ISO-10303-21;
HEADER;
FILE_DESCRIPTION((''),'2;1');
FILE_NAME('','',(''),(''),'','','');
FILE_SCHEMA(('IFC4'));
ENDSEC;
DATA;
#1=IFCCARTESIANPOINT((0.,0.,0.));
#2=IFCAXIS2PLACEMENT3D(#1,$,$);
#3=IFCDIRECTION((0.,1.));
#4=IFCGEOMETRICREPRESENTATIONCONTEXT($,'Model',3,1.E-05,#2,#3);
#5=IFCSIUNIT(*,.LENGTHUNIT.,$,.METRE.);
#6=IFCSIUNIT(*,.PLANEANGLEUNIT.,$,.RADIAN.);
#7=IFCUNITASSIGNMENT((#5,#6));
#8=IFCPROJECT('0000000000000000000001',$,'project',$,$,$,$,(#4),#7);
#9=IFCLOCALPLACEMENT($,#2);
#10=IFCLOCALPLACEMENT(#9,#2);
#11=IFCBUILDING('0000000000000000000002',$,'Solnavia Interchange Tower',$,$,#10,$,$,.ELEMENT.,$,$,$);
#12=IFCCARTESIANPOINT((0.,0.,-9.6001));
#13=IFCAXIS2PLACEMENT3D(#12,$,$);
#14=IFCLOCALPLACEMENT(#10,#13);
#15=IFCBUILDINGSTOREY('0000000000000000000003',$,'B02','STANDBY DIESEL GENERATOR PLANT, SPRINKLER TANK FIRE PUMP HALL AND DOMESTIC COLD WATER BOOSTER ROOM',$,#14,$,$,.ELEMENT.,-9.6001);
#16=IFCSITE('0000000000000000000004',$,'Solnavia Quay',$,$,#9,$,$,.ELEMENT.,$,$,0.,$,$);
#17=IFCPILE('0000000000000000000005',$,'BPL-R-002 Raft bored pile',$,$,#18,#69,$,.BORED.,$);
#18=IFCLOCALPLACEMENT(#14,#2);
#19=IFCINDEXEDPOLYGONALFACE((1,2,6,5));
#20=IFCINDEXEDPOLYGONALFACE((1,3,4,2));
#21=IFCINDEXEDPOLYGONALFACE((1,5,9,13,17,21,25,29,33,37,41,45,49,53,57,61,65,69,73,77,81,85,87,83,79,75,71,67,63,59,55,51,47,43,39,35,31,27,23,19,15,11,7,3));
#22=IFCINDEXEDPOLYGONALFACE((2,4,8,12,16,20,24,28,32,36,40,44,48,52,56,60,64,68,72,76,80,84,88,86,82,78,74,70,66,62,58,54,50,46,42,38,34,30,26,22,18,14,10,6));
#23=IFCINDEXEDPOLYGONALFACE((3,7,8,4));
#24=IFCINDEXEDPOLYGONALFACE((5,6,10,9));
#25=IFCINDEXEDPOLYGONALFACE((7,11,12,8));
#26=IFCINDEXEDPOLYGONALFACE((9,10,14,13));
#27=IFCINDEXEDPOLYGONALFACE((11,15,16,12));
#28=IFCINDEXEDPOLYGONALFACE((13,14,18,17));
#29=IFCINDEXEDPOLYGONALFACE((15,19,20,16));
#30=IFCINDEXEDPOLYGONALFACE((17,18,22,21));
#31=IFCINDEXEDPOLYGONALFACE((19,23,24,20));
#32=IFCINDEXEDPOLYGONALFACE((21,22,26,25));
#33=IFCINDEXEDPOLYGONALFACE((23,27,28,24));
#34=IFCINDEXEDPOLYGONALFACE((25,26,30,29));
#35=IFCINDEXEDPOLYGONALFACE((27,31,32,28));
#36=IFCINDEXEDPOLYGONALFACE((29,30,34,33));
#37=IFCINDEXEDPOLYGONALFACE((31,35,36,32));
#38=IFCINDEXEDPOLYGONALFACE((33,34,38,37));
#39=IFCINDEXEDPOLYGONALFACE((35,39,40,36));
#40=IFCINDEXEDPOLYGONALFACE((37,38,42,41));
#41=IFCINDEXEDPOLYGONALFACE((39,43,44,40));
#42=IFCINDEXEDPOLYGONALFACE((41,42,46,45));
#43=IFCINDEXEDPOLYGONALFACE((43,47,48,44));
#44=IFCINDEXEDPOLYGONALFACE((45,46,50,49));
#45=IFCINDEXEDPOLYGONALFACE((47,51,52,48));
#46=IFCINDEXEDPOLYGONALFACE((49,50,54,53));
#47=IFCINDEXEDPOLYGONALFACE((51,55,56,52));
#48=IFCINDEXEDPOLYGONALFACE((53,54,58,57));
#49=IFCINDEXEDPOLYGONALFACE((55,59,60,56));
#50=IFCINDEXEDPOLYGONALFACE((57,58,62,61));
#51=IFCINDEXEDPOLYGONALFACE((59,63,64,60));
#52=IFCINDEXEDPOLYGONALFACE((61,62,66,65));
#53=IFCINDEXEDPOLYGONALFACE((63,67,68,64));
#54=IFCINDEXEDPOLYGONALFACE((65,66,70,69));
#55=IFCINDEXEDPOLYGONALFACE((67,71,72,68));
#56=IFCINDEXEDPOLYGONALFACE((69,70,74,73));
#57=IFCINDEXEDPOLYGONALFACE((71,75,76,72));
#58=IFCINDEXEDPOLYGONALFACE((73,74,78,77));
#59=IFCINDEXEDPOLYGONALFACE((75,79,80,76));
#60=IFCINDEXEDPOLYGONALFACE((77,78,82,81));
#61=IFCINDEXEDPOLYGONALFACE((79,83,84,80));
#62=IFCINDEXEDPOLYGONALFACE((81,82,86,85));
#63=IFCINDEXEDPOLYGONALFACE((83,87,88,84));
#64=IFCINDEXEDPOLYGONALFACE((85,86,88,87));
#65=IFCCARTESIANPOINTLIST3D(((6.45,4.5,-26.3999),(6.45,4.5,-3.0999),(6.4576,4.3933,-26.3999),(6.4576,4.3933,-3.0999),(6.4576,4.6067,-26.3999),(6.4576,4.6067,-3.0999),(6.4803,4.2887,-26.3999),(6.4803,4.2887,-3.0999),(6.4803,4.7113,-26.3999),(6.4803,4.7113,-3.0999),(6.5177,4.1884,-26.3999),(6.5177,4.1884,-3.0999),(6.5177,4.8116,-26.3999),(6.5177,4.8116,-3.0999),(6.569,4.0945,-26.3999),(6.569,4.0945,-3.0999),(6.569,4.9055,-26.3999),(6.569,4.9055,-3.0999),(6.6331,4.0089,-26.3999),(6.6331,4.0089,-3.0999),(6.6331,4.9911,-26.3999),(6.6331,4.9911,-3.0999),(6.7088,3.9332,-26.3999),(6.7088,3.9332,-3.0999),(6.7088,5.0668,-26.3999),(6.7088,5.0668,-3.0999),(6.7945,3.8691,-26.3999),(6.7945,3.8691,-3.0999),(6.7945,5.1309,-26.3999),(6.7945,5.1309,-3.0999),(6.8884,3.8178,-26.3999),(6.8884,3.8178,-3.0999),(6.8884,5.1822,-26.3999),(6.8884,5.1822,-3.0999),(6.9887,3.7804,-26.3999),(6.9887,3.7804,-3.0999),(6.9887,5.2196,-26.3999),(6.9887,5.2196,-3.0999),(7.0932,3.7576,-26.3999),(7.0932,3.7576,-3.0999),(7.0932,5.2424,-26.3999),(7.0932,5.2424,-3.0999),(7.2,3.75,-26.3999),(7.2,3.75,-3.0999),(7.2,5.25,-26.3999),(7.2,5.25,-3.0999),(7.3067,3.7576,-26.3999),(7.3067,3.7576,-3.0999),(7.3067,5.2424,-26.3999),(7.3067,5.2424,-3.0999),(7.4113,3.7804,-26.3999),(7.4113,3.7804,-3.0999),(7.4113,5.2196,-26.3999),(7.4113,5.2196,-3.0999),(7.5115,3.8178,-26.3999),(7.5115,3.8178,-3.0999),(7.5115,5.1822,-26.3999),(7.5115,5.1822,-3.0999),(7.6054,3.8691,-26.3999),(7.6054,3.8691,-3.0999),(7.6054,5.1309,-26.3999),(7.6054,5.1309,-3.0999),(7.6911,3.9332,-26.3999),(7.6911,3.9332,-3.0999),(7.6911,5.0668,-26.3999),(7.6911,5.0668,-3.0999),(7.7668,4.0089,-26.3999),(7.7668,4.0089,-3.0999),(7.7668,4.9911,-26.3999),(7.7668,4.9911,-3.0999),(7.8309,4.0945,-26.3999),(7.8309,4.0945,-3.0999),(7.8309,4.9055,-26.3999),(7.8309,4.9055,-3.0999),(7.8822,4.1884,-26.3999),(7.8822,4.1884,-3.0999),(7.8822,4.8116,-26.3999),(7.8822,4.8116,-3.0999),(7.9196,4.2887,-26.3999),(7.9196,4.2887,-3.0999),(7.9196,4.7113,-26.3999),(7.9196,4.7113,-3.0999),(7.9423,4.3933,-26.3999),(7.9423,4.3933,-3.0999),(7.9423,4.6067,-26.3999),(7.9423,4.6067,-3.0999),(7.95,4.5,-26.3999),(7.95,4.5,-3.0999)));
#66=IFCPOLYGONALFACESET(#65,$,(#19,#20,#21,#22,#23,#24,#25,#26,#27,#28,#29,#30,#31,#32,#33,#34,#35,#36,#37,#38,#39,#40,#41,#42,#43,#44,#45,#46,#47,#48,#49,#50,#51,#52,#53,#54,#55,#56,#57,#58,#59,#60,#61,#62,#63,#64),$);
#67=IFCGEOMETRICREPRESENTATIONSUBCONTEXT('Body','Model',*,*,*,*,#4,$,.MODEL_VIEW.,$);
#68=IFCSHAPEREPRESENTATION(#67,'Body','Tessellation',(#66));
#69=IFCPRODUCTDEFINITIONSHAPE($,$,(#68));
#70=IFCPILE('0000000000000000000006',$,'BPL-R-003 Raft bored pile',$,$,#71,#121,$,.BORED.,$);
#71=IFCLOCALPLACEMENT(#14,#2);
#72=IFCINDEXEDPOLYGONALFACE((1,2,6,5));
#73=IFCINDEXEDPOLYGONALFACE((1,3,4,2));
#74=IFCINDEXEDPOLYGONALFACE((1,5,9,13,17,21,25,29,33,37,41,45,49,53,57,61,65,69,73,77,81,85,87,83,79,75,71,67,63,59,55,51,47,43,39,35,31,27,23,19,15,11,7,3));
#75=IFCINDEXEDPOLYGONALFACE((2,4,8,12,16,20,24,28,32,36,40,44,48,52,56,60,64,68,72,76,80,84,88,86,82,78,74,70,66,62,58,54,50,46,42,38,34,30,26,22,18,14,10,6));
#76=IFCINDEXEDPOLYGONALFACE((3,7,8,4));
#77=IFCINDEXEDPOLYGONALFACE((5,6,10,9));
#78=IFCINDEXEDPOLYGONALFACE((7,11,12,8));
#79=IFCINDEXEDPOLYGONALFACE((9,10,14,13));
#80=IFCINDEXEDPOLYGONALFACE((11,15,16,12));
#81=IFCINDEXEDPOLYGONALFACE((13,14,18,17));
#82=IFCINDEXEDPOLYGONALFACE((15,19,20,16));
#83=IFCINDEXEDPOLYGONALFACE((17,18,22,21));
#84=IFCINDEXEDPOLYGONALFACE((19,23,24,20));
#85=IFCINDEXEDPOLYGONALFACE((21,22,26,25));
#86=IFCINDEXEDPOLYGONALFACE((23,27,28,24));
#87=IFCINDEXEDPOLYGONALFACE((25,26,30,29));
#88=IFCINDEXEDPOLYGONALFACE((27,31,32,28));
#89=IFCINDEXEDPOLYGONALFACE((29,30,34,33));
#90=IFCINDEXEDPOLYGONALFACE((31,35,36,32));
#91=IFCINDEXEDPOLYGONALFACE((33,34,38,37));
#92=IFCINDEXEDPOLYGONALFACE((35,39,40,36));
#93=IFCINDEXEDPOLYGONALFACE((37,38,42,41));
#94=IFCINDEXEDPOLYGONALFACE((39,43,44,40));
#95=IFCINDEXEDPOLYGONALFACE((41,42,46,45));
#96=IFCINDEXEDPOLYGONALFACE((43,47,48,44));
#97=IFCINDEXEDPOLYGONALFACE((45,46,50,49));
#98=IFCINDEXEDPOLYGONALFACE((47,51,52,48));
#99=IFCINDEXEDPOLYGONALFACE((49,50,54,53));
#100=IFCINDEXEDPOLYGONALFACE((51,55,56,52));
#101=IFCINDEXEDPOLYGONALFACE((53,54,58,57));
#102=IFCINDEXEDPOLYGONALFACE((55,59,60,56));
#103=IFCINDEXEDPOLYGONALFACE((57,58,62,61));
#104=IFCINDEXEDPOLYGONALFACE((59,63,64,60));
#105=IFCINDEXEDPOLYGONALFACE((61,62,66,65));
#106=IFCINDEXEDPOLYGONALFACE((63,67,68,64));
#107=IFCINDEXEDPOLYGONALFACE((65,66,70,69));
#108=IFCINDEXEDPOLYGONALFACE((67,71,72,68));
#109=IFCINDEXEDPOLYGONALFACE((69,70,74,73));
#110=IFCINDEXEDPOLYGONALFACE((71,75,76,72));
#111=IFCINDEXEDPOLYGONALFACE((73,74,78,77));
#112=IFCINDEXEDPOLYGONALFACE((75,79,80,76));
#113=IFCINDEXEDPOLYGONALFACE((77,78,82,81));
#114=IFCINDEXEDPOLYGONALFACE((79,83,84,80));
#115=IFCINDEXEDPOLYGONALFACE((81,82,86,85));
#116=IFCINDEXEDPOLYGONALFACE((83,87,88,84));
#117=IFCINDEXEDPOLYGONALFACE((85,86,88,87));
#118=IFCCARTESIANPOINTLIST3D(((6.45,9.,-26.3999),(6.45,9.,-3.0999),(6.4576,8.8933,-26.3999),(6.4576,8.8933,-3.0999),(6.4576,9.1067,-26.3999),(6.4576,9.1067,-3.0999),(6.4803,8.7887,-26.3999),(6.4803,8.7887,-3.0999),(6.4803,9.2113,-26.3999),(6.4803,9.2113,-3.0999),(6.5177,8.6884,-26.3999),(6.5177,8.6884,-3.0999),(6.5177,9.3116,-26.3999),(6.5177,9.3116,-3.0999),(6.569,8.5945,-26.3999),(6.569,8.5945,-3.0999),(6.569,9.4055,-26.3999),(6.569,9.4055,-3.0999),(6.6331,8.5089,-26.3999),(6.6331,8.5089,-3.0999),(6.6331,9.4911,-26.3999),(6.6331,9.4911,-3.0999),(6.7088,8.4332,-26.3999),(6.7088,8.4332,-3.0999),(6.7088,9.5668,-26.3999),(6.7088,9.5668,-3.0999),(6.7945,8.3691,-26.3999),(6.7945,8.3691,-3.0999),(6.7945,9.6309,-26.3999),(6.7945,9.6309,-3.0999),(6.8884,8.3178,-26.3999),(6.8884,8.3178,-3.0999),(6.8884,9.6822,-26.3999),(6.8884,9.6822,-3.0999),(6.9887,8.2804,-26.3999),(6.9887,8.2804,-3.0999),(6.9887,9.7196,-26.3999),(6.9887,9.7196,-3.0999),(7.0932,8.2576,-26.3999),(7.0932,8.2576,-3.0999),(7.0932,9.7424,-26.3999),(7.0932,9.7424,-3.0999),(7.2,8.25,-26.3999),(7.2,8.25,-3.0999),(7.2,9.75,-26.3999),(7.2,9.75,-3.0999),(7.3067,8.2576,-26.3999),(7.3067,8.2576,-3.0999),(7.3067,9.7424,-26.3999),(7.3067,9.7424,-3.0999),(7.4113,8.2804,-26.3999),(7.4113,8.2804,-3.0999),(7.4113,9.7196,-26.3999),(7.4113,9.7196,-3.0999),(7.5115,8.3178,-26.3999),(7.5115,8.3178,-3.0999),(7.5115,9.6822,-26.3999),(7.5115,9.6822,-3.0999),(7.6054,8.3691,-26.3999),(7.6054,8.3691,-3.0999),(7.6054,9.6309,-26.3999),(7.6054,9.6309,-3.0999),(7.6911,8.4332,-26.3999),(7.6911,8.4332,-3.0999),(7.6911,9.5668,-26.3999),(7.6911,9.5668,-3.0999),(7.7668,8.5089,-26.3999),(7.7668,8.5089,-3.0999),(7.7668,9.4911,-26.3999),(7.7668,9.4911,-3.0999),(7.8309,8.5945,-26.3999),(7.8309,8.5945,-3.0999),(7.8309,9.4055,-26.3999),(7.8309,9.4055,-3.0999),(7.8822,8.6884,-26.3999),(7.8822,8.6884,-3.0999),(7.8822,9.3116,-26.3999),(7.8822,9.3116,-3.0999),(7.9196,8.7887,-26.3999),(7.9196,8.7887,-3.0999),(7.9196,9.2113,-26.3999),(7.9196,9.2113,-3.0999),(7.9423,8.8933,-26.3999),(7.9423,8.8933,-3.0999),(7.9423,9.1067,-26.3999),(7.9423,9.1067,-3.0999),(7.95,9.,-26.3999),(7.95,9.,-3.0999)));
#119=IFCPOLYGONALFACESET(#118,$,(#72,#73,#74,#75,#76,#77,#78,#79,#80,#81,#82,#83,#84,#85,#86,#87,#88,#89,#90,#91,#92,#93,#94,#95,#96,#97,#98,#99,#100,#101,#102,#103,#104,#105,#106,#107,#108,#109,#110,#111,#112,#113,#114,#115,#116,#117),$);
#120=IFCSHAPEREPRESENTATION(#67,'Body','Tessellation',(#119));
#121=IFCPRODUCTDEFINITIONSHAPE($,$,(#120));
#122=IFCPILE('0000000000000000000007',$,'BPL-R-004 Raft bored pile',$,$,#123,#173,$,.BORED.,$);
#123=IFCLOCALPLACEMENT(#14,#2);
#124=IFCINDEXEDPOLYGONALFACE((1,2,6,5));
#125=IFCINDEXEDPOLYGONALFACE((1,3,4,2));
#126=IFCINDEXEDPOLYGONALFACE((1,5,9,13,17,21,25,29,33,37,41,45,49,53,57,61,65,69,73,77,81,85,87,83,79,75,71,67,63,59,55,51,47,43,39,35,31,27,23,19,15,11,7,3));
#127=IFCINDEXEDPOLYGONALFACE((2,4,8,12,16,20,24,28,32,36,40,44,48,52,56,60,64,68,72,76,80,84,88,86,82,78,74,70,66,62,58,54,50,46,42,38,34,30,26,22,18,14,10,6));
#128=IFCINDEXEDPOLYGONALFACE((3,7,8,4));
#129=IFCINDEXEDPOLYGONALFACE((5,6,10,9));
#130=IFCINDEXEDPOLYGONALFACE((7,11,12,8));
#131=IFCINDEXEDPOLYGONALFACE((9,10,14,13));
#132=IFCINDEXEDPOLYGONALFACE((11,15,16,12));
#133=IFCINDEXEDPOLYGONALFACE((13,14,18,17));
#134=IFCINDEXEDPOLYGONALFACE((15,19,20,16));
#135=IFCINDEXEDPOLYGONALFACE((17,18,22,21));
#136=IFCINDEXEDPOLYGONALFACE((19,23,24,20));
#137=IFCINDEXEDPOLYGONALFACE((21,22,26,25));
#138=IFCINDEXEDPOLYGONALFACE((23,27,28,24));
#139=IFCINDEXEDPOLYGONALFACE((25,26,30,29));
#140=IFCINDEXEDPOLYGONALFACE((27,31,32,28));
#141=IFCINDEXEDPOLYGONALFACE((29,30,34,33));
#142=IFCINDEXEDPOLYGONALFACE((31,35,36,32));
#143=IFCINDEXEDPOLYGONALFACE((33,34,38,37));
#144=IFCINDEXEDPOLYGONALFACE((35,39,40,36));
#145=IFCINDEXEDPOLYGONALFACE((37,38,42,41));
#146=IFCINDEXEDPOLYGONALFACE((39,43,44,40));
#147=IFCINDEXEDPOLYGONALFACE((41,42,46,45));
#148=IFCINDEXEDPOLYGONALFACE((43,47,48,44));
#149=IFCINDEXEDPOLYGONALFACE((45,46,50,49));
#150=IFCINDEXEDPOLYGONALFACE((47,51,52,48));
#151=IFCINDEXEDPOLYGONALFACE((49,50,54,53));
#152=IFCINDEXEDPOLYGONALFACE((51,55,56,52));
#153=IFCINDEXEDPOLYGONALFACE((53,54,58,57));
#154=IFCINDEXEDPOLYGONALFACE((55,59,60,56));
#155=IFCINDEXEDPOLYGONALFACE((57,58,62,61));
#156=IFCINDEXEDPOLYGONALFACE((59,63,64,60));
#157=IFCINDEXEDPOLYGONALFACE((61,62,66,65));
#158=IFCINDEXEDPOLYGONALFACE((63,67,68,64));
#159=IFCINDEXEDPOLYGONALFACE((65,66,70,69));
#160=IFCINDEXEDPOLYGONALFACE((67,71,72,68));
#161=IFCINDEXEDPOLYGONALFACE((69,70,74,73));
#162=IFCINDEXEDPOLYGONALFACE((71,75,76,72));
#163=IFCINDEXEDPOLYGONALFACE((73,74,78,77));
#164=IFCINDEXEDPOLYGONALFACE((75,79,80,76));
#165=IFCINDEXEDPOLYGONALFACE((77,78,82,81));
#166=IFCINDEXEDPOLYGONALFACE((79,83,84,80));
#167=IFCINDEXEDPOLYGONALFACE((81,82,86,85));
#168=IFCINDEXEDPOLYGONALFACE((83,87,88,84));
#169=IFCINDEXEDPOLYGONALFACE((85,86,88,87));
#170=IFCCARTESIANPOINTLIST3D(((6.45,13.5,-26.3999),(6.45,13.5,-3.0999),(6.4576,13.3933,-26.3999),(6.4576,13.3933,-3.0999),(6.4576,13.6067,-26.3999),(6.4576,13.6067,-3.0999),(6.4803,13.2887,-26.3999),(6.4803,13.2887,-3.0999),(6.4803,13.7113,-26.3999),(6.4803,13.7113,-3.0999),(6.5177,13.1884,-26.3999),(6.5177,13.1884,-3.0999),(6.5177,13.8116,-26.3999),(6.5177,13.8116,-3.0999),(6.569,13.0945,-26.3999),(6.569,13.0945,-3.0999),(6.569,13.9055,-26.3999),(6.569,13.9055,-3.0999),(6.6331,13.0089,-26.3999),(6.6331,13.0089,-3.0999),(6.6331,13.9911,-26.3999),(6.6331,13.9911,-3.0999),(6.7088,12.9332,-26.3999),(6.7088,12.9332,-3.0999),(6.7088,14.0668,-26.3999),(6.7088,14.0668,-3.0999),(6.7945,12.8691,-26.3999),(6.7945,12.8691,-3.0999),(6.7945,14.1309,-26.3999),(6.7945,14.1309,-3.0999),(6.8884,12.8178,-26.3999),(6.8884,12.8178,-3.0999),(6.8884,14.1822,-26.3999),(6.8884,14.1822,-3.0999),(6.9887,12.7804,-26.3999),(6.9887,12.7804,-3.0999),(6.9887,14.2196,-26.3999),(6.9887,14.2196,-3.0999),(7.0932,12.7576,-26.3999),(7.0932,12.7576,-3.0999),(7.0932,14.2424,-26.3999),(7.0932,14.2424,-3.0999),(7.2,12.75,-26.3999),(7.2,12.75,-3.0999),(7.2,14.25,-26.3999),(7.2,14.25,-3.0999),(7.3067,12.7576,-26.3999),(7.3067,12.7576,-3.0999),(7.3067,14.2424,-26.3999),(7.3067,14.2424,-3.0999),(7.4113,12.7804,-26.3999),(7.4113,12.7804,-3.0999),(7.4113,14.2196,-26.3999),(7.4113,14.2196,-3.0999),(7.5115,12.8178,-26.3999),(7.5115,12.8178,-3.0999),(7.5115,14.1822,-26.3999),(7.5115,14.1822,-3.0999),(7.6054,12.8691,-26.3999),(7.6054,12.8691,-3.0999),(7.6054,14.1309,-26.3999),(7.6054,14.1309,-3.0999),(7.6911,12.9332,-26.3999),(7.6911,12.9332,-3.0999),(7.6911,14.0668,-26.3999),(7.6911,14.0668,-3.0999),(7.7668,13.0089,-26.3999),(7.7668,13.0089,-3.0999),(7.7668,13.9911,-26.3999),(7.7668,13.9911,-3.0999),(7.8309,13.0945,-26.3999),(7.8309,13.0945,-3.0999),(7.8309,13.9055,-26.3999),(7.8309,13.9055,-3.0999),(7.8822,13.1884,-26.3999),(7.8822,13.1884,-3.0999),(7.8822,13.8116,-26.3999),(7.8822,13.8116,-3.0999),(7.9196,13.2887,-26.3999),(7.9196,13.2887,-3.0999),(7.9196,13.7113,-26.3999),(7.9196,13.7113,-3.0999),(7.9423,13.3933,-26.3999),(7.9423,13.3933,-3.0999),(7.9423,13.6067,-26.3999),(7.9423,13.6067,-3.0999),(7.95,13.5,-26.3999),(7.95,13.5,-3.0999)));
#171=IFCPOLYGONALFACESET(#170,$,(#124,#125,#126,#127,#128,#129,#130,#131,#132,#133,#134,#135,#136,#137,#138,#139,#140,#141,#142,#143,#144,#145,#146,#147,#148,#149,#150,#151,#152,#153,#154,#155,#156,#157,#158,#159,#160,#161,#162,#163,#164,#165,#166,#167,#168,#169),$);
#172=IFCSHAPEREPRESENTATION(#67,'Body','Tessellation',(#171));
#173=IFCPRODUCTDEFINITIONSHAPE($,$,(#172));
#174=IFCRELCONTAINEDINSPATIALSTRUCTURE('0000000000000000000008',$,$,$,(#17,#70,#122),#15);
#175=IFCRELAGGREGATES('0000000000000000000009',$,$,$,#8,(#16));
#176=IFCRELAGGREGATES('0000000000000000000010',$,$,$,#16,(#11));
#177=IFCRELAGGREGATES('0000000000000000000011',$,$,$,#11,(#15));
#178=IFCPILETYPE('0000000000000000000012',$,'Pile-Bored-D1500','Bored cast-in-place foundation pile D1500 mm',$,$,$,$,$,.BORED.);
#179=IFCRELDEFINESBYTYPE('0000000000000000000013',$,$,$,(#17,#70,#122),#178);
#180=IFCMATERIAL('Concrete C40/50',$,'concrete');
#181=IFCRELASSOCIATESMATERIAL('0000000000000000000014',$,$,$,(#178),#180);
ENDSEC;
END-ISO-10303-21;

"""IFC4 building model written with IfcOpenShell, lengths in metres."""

from ifc_helpers import new_model, si_unit, direction, frame, origin, origin_2d, place, context, subcontext, project, spatial, circle, extrude, material, material_profile, profile_set, type_object, element, save


model = new_model("IFC4")

# Units and contexts
model_context = context("Model", 3, precision=1e-05, world=origin(), true_north=direction((0.0, 1.0)))
body_context = subcontext(model_context, "Body", "Model", "MODEL_VIEW")
ifc_project = project(units=[si_unit("LENGTHUNIT", "METRE"), si_unit("PLANEANGLEUNIT", "RADIAN")], contexts=[model_context])

# Site, building, storey
site_placement = place(None, origin())
site = spatial("IfcSite", under=ifc_project, at=site_placement, Name="Solnavia Quay", CompositionType="ELEMENT", RefElevation=0.0)
building_placement = place(site_placement, origin())
building = spatial("IfcBuilding", under=site, at=building_placement, Name="Solnavia Interchange Tower", CompositionType="ELEMENT")
storey_placement = place(building_placement, frame((0.0, 0.0, -9.6001)))
storey = spatial("IfcBuildingStorey", under=building, at=storey_placement, Name="B02", Description="STANDBY DIESEL GENERATOR PLANT, SPRINKLER TANK FIRE PUMP HALL AND DOMESTIC COLD WATER BOOSTER ROOM", CompositionType="ELEMENT", Elevation=-9.6001)

# Shared definitions
ifc_material_1 = material(Name="Concrete C40/50", Category="concrete")

# Piles
ifc_material_profile_1 = material_profile(ifc_material_1, circle(Radius=0.75, at=origin_2d()), Name="PILE D1500")
ifc_profile_set_1 = profile_set([ifc_material_profile_1], Name="Concrete C40/50")
pile_type_1 = type_object("IfcPileType", Name="Pile-Bored-D1500", Description="Bored cast-in-place foundation pile D1500 mm", PredefinedType="BORED", material=ifc_profile_set_1)
for number, where, z_axis, x_axis, name in (
    (1, (7.2, 4.5, -3.0999), (0.0, 0.0, -1.0), (1.0, 0.0, 0.0), "BPL-R-002 Raft bored pile"),
    (2, (7.2, 9.0, -3.0999), (0.0, 0.0, -1.0), (1.0, 0.0, 0.0), "BPL-R-003 Raft bored pile"),
    (3, (7.2, 13.5, -3.0999), (0.0, 0.0, -1.0), (1.0, 0.0, 0.0), "BPL-R-004 Raft bored pile"),
):
    element("IfcPile", number, at=place(storey_placement, frame(where, z_axis=z_axis, x_axis=x_axis)), inside=storey, type_object=pile_type_1, Name=name, PredefinedType="BORED", context=body_context, shape_type="SweptSolid", body=[
        extrude(circle(Radius=0.75, at=origin_2d()), origin(), (0.0, 0.0, 1.0), 23.3),
    ])

save(model, "model.ifc")
